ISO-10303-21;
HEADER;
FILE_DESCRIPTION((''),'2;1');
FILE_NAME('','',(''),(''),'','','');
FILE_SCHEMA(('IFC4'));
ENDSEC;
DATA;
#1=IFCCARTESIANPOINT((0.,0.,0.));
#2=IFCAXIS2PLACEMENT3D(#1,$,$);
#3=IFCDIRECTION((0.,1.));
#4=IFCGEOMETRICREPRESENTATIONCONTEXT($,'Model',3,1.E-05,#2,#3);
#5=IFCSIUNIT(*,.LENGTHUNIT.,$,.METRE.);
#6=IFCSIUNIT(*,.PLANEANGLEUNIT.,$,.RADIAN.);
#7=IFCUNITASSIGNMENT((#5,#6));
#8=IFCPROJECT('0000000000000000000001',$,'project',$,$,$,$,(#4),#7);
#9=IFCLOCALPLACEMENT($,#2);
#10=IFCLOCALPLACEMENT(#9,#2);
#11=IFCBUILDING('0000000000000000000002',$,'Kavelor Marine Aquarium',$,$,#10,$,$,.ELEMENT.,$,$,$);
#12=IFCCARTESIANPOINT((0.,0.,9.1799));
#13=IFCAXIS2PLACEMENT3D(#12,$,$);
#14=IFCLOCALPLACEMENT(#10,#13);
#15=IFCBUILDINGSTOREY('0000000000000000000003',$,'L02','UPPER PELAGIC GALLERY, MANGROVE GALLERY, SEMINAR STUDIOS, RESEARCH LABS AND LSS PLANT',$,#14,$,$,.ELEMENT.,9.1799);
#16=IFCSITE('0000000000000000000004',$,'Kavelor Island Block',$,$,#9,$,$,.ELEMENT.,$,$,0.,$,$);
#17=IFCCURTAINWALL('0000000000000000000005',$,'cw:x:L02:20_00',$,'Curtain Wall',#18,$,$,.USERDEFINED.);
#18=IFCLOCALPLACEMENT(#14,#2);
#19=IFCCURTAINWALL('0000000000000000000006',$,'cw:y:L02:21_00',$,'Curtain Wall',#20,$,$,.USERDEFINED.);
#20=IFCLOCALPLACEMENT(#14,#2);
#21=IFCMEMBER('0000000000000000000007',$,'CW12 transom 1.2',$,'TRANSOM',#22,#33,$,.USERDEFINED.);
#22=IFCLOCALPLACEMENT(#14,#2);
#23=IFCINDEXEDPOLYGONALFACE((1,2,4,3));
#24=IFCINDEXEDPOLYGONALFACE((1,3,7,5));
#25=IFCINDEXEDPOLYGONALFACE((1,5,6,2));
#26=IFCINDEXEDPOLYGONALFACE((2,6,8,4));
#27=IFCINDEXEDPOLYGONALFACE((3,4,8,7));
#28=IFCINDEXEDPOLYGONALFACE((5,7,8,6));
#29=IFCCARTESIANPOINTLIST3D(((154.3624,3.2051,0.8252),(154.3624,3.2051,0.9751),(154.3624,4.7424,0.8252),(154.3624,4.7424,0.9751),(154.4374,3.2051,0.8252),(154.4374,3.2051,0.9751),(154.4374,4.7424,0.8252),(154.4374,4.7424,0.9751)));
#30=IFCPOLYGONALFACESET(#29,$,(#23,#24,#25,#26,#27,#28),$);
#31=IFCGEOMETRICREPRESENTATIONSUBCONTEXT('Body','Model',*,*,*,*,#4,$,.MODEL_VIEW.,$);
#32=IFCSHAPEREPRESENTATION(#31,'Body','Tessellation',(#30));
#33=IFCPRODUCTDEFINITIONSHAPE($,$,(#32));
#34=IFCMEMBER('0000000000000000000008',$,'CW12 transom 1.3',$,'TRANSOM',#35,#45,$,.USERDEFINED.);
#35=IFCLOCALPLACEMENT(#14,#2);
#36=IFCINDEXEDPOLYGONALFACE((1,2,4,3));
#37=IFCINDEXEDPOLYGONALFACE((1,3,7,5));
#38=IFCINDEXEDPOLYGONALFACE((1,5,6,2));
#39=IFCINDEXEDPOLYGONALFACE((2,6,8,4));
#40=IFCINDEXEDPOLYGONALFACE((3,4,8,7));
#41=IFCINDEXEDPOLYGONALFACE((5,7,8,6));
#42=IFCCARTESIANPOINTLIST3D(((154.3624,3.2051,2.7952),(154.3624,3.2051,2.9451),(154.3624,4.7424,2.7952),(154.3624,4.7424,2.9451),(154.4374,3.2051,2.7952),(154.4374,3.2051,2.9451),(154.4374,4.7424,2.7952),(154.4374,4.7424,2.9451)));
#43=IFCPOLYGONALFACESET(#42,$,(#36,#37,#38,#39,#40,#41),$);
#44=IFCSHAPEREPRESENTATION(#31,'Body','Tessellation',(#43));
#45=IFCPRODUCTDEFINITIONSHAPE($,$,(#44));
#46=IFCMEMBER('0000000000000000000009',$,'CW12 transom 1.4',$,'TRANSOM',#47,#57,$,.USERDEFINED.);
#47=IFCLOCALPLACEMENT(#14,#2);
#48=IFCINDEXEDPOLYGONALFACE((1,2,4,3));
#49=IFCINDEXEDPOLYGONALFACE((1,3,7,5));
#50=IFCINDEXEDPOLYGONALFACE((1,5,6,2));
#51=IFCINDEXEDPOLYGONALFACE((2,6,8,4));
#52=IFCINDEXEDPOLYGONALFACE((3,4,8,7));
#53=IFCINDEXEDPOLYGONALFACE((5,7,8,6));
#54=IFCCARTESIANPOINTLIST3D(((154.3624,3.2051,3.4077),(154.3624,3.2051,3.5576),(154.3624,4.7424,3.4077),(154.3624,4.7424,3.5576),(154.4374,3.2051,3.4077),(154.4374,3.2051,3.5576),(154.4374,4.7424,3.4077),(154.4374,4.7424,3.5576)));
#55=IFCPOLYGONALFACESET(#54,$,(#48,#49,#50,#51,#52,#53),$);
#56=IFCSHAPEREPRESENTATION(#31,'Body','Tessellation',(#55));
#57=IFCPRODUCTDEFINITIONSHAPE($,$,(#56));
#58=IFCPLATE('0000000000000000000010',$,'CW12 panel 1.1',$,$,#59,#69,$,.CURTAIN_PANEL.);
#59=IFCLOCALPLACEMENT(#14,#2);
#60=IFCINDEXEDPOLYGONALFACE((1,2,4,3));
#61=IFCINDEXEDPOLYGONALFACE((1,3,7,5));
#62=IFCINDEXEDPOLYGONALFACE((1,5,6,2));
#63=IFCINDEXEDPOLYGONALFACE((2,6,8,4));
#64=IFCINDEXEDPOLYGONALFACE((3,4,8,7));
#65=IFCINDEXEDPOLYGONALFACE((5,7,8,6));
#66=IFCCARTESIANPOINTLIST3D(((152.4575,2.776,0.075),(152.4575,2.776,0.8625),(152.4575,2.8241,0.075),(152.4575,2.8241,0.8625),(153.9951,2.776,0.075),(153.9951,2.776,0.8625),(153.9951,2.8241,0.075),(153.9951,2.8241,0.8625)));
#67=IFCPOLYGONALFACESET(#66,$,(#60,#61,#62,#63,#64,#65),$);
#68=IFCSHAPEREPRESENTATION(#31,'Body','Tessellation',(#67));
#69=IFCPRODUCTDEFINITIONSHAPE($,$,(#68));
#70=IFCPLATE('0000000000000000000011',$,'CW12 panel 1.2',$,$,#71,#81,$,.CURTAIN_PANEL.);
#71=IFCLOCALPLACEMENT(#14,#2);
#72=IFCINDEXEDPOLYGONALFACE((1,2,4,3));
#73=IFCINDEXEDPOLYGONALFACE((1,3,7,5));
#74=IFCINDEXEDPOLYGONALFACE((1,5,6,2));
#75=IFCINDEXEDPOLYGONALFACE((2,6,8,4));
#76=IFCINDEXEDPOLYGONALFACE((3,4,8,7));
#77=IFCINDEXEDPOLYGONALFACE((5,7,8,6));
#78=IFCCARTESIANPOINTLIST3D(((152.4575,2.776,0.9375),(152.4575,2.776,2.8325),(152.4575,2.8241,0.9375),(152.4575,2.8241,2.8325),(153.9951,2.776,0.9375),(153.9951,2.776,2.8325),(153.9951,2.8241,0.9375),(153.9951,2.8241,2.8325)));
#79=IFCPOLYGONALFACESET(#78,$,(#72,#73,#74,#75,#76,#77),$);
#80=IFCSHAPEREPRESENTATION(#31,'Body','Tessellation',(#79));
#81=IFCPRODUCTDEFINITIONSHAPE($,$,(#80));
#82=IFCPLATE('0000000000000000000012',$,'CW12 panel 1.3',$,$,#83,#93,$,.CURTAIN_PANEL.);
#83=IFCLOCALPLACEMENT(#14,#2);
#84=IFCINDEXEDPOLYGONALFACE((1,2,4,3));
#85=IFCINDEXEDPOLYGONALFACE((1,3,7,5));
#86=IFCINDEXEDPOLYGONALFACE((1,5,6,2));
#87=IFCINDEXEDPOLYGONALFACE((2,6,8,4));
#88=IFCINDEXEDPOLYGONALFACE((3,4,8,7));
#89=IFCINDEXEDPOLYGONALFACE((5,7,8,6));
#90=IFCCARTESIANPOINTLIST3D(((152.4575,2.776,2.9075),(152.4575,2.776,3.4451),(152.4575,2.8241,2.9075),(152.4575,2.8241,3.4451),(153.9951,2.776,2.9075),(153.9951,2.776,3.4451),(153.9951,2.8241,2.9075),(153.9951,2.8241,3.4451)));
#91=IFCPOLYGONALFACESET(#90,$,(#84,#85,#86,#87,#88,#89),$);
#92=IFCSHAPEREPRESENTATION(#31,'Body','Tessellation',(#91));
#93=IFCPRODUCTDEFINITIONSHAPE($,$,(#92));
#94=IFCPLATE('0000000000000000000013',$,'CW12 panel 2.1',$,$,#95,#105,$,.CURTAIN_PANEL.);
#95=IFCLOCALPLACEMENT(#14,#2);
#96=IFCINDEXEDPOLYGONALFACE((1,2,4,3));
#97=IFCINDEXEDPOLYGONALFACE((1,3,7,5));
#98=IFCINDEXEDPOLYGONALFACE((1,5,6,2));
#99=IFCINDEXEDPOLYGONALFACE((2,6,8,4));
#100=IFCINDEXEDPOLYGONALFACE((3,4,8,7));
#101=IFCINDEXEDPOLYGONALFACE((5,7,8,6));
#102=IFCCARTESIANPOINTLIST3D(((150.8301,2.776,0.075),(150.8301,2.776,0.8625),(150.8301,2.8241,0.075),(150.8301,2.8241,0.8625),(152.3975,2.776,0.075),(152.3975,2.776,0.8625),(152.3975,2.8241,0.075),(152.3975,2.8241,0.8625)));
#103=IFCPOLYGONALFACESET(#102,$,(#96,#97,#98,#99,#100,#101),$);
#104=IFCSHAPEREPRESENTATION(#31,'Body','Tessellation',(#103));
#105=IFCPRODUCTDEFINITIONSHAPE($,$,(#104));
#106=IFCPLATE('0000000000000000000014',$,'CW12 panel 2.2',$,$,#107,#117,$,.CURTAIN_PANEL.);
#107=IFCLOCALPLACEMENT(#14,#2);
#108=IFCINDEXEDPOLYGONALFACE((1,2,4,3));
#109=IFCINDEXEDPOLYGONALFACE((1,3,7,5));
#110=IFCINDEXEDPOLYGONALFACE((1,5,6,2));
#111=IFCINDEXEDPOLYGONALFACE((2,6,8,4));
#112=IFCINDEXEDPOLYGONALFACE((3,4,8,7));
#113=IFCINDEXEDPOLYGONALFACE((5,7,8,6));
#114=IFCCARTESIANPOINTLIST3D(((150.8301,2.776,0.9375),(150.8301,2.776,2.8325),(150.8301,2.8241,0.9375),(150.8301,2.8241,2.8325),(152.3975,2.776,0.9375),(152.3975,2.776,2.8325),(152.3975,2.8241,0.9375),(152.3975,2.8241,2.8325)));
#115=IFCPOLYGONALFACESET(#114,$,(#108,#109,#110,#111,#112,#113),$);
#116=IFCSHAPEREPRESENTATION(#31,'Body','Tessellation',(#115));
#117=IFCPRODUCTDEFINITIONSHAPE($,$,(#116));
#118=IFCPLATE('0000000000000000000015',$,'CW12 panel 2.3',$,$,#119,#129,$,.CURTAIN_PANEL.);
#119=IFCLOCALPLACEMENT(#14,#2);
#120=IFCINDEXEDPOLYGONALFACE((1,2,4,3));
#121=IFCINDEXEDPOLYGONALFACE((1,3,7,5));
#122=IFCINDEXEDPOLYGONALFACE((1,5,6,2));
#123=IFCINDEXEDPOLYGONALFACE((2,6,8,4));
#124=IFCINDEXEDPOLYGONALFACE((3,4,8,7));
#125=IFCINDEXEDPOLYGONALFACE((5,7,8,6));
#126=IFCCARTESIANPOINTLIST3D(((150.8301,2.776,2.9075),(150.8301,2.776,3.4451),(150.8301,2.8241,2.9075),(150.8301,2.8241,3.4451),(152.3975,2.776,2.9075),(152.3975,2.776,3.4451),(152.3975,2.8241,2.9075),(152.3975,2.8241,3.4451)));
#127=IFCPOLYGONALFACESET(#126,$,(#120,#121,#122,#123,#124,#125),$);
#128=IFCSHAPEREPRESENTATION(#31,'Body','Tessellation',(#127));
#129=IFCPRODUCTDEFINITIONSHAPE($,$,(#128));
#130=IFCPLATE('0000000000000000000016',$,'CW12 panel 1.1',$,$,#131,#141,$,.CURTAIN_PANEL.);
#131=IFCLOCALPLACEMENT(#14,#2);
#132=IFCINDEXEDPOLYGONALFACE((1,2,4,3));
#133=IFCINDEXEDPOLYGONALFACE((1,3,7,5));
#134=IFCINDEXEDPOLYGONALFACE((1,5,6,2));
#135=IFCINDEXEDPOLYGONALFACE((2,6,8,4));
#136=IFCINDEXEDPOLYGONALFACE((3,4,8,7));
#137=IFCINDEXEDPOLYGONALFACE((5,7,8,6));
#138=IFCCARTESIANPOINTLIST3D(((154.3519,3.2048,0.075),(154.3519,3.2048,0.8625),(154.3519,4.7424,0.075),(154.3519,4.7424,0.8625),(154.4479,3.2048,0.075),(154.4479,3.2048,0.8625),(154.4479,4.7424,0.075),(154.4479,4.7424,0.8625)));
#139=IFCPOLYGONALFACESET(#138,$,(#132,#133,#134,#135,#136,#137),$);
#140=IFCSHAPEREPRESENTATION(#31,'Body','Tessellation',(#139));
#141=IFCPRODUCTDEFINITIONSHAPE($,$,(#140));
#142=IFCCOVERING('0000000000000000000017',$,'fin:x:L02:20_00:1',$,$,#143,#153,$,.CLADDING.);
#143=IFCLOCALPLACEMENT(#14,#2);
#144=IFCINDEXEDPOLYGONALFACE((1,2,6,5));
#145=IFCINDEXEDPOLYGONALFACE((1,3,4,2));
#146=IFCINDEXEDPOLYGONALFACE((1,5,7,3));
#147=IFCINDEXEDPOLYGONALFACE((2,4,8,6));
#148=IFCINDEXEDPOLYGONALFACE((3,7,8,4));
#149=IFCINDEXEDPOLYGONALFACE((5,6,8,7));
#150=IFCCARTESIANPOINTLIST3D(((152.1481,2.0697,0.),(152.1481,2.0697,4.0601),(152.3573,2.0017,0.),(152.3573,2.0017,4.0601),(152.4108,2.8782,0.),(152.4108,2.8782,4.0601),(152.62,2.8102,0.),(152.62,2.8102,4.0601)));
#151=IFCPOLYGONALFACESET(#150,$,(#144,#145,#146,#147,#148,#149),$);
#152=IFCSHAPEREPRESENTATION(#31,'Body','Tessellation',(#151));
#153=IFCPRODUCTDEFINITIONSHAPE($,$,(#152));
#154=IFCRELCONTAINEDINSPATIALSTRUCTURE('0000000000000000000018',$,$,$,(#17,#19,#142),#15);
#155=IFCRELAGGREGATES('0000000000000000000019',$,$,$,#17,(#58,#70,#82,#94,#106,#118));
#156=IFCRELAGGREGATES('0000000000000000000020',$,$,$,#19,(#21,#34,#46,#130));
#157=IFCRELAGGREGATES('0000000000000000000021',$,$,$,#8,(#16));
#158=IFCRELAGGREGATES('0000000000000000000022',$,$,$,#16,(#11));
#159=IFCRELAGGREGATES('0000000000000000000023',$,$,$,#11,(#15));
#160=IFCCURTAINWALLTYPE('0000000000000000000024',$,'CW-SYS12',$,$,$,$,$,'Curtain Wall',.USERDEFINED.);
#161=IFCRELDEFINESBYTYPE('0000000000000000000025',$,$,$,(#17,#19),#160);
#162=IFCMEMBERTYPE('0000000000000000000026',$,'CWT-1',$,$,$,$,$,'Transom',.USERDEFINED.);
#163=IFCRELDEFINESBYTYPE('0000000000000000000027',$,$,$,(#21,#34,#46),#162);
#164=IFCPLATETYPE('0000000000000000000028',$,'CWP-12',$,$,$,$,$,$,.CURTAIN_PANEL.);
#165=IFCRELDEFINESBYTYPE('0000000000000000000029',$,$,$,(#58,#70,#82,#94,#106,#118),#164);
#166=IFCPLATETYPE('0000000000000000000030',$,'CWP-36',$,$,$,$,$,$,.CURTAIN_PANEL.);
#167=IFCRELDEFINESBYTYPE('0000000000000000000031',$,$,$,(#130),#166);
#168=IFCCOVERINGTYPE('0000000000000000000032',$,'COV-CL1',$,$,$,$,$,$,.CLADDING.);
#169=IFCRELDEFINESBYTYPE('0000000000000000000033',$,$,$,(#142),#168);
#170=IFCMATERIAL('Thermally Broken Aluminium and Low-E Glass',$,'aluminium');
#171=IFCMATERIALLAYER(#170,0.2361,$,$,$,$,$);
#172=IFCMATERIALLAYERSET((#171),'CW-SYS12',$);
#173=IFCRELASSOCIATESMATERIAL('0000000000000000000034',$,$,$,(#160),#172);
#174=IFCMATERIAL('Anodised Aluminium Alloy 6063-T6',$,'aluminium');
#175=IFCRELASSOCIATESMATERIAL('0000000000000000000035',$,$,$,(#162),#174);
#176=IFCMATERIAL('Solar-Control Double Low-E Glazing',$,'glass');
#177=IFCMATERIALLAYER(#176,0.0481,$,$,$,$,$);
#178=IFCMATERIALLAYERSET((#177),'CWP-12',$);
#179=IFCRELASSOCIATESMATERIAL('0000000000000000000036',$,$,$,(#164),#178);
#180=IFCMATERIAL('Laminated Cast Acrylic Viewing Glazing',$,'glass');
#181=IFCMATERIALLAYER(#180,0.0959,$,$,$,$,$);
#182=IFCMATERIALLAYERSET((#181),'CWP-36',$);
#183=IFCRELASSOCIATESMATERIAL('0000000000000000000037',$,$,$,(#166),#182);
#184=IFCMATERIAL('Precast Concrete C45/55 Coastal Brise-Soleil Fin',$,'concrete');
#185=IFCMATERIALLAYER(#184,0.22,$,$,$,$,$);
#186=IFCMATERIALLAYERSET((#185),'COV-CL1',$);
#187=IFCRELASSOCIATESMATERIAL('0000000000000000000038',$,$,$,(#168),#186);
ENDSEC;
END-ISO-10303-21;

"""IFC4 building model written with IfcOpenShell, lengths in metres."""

from ifc_helpers import new_model, si_unit, direction, frame, origin, origin_2d, place, context, subcontext, project, spatial, rectangle, extrude, material, layer, layer_set, material_profile, profile_set, type_object, element, aggregate, save


model = new_model("IFC4")

# Units and contexts
model_context = context("Model", 3, precision=1e-05, world=origin(), true_north=direction((0.0, 1.0)))
body_context = subcontext(model_context, "Body", "Model", "MODEL_VIEW")
ifc_project = project(units=[si_unit("LENGTHUNIT", "METRE"), si_unit("PLANEANGLEUNIT", "RADIAN")], contexts=[model_context])

# Site, building, storey
site_placement = place(None, origin())
site = spatial("IfcSite", under=ifc_project, at=site_placement, Name="Kavelor Island Block", CompositionType="ELEMENT", RefElevation=0.0)
building_placement = place(site_placement, origin())
building = spatial("IfcBuilding", under=site, at=building_placement, Name="Kavelor Marine Aquarium", CompositionType="ELEMENT")
storey_placement = place(building_placement, frame((0.0, 0.0, 9.1799)))
storey = spatial("IfcBuildingStorey", under=building, at=storey_placement, Name="L02", Description="UPPER PELAGIC GALLERY, MANGROVE GALLERY, SEMINAR STUDIOS, RESEARCH LABS AND LSS PLANT", CompositionType="ELEMENT", Elevation=9.1799)

# Curtain wall
ifc_material_1 = material(Name="Thermally Broken Aluminium and Low-E Glass", Category="aluminium")
ifc_layer_1 = layer(ifc_material_1, 0.2361)
ifc_layer_set_1 = layer_set([ifc_layer_1], Name="CW-SYS12")
curtain_wall_type = type_object("IfcCurtainWallType", Name="CW-SYS12", ElementType="Curtain Wall", PredefinedType="USERDEFINED", material=ifc_layer_set_1)
curtain_wall_1_placement = place(storey_placement, origin())
curtain_wall_1 = element("IfcCurtainWall", 1, at=curtain_wall_1_placement, inside=storey, type_object=curtain_wall_type, Name="cw:x:L02:20_00", ObjectType="Curtain Wall", PredefinedType="USERDEFINED")

# Curtain wall
curtain_wall_2_placement = place(storey_placement, origin())
curtain_wall_2 = element("IfcCurtainWall", 2, at=curtain_wall_2_placement, inside=storey, type_object=curtain_wall_type, Name="cw:y:L02:21_00", ObjectType="Curtain Wall", PredefinedType="USERDEFINED")

# Members
ifc_material_2 = material(Name="Anodised Aluminium Alloy 6063-T6", Category="aluminium")
ifc_material_profile_1 = material_profile(ifc_material_2, rectangle(XDim=0.075, YDim=0.1499, at=origin_2d()), Name="CW-TRN 75x150")
ifc_profile_set_1 = profile_set([ifc_material_profile_1], Name="Anodised Aluminium Alloy 6063-T6")
member_type_1 = type_object("IfcMemberType", Name="CWT-1", ElementType="Transom", PredefinedType="USERDEFINED", material=ifc_profile_set_1)
member_1_placement = place(storey_placement, frame((154.3999, 3.2051, 0.9001), z_axis=(0.0, 1.0, 0.0), x_axis=(-1.0, 0.0, 0.0)))
member_1 = element("IfcMember", 3, at=member_1_placement, type_object=member_type_1, Name="CW12 transom 1.2", ObjectType="TRANSOM", PredefinedType="USERDEFINED", context=body_context, shape_type="SweptSolid", body=[
    extrude(rectangle(XDim=0.075, YDim=0.1499, at=origin_2d()), origin(), (0.0, 0.0, 1.0), 1.5374),
])
member_2_placement = place(storey_placement, frame((154.3999, 3.2051, 2.8701), z_axis=(0.0, 1.0, 0.0), x_axis=(-1.0, 0.0, 0.0)))
member_2 = element("IfcMember", 4, at=member_2_placement, type_object=member_type_1, Name="CW12 transom 1.3", ObjectType="TRANSOM", PredefinedType="USERDEFINED", context=body_context, shape_type="SweptSolid", body=[
    extrude(rectangle(XDim=0.075, YDim=0.1499, at=origin_2d()), origin(), (0.0, 0.0, 1.0), 1.5374),
])
member_3_placement = place(storey_placement, frame((154.3999, 3.2051, 3.4827), z_axis=(0.0, 1.0, 0.0), x_axis=(-1.0, 0.0, 0.0)))
member_3 = element("IfcMember", 5, at=member_3_placement, type_object=member_type_1, Name="CW12 transom 1.4", ObjectType="TRANSOM", PredefinedType="USERDEFINED", context=body_context, shape_type="SweptSolid", body=[
    extrude(rectangle(XDim=0.075, YDim=0.1499, at=origin_2d()), origin(), (0.0, 0.0, 1.0), 1.5374),
])

# Plates
ifc_material_3 = material(Name="Solar-Control Double Low-E Glazing", Category="glass")
ifc_layer_2 = layer(ifc_material_3, 0.0481)
ifc_layer_set_2 = layer_set([ifc_layer_2], Name="CWP-12")
plate_type_1 = type_object("IfcPlateType", Name="CWP-12", PredefinedType="CURTAIN_PANEL", material=ifc_layer_set_2)
plate_1_placement = place(storey_placement, frame((153.2263, 2.8, 0.075), z_axis=(0.0, 0.0, 1.0), x_axis=(-1.0, 0.0, 0.0)))
plate_1 = element("IfcPlate", 6, at=plate_1_placement, type_object=plate_type_1, Name="CW12 panel 1.1", PredefinedType="CURTAIN_PANEL", context=body_context, shape_type="SweptSolid", body=[
    extrude(rectangle(XDim=1.5376, YDim=0.0481, at=origin_2d()), origin(), (0.0, 0.0, 1.0), 0.7876),
])
plate_2_placement = place(storey_placement, frame((153.2263, 2.8, 0.9375), z_axis=(0.0, 0.0, 1.0), x_axis=(-1.0, 0.0, 0.0)))
plate_2 = element("IfcPlate", 7, at=plate_2_placement, type_object=plate_type_1, Name="CW12 panel 1.2", PredefinedType="CURTAIN_PANEL", context=body_context, shape_type="SweptSolid", body=[
    extrude(rectangle(XDim=1.5376, YDim=0.0481, at=origin_2d()), origin(), (0.0, 0.0, 1.0), 1.895),
])
plate_3_placement = place(storey_placement, frame((153.2263, 2.8, 2.9075), z_axis=(0.0, 0.0, 1.0), x_axis=(-1.0, 0.0, 0.0)))
plate_3 = element("IfcPlate", 8, at=plate_3_placement, type_object=plate_type_1, Name="CW12 panel 1.3", PredefinedType="CURTAIN_PANEL", context=body_context, shape_type="SweptSolid", body=[
    extrude(rectangle(XDim=1.5376, YDim=0.0481, at=origin_2d()), origin(), (0.0, 0.0, 1.0), 0.5376),
])
plate_4_placement = place(storey_placement, frame((151.6138, 2.8, 0.075), z_axis=(0.0, 0.0, 1.0), x_axis=(-1.0, 0.0, 0.0)))
plate_4 = element("IfcPlate", 9, at=plate_4_placement, type_object=plate_type_1, Name="CW12 panel 2.1", PredefinedType="CURTAIN_PANEL", context=body_context, shape_type="SweptSolid", body=[
    extrude(rectangle(XDim=1.5674, YDim=0.0481, at=origin_2d()), origin(), (0.0, 0.0, 1.0), 0.7876),
])
plate_5_placement = place(storey_placement, frame((151.6138, 2.8, 0.9375), z_axis=(0.0, 0.0, 1.0), x_axis=(-1.0, 0.0, 0.0)))
plate_5 = element("IfcPlate", 10, at=plate_5_placement, type_object=plate_type_1, Name="CW12 panel 2.2", PredefinedType="CURTAIN_PANEL", context=body_context, shape_type="SweptSolid", body=[
    extrude(rectangle(XDim=1.5674, YDim=0.0481, at=origin_2d()), origin(), (0.0, 0.0, 1.0), 1.895),
])
plate_6_placement = place(storey_placement, frame((151.6138, 2.8, 2.9075), z_axis=(0.0, 0.0, 1.0), x_axis=(-1.0, 0.0, 0.0)))
plate_6 = element("IfcPlate", 11, at=plate_6_placement, type_object=plate_type_1, Name="CW12 panel 2.3", PredefinedType="CURTAIN_PANEL", context=body_context, shape_type="SweptSolid", body=[
    extrude(rectangle(XDim=1.5674, YDim=0.0481, at=origin_2d()), origin(), (0.0, 0.0, 1.0), 0.5376),
])
aggregate(curtain_wall_1, [plate_1, plate_2, plate_3, plate_4, plate_5, plate_6])
ifc_material_4 = material(Name="Laminated Cast Acrylic Viewing Glazing", Category="glass")
ifc_layer_3 = layer(ifc_material_4, 0.0959)
ifc_layer_set_3 = layer_set([ifc_layer_3], Name="CWP-36")
plate_type_2 = type_object("IfcPlateType", Name="CWP-36", PredefinedType="CURTAIN_PANEL", material=ifc_layer_set_3)
plate_7_placement = place(storey_placement, frame((154.3999, 3.9736, 0.075), z_axis=(0.0, 0.0, 1.0), x_axis=(0.0, 1.0, 0.0)))
plate_7 = element("IfcPlate", 12, at=plate_7_placement, type_object=plate_type_2, Name="CW12 panel 1.1", PredefinedType="CURTAIN_PANEL", context=body_context, shape_type="SweptSolid", body=[
    extrude(rectangle(XDim=1.5376, YDim=0.0959, at=origin_2d()), origin(), (0.0, 0.0, 1.0), 0.7876),
])
aggregate(curtain_wall_2, [member_1, member_2, member_3, plate_7])

# Covering
ifc_material_5 = material(Name="Precast Concrete C45/55 Coastal Brise-Soleil Fin", Category="concrete")
ifc_layer_4 = layer(ifc_material_5, 0.22)
ifc_layer_set_4 = layer_set([ifc_layer_4], Name="COV-CL1")
covering_type = type_object("IfcCoveringType", Name="COV-CL1", PredefinedType="CLADDING", material=ifc_layer_set_4)
covering_placement = place(storey_placement, frame((152.384, 2.4399, 0.0), z_axis=(0.0, 0.0, 1.0), x_axis=(0.951057, -0.309017, 0.0)))
element("IfcCovering", 13, at=covering_placement, inside=storey, type_object=covering_type, Name="fin:x:L02:20_00:1", PredefinedType="CLADDING", context=body_context, shape_type="SweptSolid", body=[
    extrude(rectangle(XDim=0.22, YDim=0.8501, at=origin_2d()), origin(), (0.0, 0.0, 1.0), 4.0601),
])

save(model, "model.ifc")
